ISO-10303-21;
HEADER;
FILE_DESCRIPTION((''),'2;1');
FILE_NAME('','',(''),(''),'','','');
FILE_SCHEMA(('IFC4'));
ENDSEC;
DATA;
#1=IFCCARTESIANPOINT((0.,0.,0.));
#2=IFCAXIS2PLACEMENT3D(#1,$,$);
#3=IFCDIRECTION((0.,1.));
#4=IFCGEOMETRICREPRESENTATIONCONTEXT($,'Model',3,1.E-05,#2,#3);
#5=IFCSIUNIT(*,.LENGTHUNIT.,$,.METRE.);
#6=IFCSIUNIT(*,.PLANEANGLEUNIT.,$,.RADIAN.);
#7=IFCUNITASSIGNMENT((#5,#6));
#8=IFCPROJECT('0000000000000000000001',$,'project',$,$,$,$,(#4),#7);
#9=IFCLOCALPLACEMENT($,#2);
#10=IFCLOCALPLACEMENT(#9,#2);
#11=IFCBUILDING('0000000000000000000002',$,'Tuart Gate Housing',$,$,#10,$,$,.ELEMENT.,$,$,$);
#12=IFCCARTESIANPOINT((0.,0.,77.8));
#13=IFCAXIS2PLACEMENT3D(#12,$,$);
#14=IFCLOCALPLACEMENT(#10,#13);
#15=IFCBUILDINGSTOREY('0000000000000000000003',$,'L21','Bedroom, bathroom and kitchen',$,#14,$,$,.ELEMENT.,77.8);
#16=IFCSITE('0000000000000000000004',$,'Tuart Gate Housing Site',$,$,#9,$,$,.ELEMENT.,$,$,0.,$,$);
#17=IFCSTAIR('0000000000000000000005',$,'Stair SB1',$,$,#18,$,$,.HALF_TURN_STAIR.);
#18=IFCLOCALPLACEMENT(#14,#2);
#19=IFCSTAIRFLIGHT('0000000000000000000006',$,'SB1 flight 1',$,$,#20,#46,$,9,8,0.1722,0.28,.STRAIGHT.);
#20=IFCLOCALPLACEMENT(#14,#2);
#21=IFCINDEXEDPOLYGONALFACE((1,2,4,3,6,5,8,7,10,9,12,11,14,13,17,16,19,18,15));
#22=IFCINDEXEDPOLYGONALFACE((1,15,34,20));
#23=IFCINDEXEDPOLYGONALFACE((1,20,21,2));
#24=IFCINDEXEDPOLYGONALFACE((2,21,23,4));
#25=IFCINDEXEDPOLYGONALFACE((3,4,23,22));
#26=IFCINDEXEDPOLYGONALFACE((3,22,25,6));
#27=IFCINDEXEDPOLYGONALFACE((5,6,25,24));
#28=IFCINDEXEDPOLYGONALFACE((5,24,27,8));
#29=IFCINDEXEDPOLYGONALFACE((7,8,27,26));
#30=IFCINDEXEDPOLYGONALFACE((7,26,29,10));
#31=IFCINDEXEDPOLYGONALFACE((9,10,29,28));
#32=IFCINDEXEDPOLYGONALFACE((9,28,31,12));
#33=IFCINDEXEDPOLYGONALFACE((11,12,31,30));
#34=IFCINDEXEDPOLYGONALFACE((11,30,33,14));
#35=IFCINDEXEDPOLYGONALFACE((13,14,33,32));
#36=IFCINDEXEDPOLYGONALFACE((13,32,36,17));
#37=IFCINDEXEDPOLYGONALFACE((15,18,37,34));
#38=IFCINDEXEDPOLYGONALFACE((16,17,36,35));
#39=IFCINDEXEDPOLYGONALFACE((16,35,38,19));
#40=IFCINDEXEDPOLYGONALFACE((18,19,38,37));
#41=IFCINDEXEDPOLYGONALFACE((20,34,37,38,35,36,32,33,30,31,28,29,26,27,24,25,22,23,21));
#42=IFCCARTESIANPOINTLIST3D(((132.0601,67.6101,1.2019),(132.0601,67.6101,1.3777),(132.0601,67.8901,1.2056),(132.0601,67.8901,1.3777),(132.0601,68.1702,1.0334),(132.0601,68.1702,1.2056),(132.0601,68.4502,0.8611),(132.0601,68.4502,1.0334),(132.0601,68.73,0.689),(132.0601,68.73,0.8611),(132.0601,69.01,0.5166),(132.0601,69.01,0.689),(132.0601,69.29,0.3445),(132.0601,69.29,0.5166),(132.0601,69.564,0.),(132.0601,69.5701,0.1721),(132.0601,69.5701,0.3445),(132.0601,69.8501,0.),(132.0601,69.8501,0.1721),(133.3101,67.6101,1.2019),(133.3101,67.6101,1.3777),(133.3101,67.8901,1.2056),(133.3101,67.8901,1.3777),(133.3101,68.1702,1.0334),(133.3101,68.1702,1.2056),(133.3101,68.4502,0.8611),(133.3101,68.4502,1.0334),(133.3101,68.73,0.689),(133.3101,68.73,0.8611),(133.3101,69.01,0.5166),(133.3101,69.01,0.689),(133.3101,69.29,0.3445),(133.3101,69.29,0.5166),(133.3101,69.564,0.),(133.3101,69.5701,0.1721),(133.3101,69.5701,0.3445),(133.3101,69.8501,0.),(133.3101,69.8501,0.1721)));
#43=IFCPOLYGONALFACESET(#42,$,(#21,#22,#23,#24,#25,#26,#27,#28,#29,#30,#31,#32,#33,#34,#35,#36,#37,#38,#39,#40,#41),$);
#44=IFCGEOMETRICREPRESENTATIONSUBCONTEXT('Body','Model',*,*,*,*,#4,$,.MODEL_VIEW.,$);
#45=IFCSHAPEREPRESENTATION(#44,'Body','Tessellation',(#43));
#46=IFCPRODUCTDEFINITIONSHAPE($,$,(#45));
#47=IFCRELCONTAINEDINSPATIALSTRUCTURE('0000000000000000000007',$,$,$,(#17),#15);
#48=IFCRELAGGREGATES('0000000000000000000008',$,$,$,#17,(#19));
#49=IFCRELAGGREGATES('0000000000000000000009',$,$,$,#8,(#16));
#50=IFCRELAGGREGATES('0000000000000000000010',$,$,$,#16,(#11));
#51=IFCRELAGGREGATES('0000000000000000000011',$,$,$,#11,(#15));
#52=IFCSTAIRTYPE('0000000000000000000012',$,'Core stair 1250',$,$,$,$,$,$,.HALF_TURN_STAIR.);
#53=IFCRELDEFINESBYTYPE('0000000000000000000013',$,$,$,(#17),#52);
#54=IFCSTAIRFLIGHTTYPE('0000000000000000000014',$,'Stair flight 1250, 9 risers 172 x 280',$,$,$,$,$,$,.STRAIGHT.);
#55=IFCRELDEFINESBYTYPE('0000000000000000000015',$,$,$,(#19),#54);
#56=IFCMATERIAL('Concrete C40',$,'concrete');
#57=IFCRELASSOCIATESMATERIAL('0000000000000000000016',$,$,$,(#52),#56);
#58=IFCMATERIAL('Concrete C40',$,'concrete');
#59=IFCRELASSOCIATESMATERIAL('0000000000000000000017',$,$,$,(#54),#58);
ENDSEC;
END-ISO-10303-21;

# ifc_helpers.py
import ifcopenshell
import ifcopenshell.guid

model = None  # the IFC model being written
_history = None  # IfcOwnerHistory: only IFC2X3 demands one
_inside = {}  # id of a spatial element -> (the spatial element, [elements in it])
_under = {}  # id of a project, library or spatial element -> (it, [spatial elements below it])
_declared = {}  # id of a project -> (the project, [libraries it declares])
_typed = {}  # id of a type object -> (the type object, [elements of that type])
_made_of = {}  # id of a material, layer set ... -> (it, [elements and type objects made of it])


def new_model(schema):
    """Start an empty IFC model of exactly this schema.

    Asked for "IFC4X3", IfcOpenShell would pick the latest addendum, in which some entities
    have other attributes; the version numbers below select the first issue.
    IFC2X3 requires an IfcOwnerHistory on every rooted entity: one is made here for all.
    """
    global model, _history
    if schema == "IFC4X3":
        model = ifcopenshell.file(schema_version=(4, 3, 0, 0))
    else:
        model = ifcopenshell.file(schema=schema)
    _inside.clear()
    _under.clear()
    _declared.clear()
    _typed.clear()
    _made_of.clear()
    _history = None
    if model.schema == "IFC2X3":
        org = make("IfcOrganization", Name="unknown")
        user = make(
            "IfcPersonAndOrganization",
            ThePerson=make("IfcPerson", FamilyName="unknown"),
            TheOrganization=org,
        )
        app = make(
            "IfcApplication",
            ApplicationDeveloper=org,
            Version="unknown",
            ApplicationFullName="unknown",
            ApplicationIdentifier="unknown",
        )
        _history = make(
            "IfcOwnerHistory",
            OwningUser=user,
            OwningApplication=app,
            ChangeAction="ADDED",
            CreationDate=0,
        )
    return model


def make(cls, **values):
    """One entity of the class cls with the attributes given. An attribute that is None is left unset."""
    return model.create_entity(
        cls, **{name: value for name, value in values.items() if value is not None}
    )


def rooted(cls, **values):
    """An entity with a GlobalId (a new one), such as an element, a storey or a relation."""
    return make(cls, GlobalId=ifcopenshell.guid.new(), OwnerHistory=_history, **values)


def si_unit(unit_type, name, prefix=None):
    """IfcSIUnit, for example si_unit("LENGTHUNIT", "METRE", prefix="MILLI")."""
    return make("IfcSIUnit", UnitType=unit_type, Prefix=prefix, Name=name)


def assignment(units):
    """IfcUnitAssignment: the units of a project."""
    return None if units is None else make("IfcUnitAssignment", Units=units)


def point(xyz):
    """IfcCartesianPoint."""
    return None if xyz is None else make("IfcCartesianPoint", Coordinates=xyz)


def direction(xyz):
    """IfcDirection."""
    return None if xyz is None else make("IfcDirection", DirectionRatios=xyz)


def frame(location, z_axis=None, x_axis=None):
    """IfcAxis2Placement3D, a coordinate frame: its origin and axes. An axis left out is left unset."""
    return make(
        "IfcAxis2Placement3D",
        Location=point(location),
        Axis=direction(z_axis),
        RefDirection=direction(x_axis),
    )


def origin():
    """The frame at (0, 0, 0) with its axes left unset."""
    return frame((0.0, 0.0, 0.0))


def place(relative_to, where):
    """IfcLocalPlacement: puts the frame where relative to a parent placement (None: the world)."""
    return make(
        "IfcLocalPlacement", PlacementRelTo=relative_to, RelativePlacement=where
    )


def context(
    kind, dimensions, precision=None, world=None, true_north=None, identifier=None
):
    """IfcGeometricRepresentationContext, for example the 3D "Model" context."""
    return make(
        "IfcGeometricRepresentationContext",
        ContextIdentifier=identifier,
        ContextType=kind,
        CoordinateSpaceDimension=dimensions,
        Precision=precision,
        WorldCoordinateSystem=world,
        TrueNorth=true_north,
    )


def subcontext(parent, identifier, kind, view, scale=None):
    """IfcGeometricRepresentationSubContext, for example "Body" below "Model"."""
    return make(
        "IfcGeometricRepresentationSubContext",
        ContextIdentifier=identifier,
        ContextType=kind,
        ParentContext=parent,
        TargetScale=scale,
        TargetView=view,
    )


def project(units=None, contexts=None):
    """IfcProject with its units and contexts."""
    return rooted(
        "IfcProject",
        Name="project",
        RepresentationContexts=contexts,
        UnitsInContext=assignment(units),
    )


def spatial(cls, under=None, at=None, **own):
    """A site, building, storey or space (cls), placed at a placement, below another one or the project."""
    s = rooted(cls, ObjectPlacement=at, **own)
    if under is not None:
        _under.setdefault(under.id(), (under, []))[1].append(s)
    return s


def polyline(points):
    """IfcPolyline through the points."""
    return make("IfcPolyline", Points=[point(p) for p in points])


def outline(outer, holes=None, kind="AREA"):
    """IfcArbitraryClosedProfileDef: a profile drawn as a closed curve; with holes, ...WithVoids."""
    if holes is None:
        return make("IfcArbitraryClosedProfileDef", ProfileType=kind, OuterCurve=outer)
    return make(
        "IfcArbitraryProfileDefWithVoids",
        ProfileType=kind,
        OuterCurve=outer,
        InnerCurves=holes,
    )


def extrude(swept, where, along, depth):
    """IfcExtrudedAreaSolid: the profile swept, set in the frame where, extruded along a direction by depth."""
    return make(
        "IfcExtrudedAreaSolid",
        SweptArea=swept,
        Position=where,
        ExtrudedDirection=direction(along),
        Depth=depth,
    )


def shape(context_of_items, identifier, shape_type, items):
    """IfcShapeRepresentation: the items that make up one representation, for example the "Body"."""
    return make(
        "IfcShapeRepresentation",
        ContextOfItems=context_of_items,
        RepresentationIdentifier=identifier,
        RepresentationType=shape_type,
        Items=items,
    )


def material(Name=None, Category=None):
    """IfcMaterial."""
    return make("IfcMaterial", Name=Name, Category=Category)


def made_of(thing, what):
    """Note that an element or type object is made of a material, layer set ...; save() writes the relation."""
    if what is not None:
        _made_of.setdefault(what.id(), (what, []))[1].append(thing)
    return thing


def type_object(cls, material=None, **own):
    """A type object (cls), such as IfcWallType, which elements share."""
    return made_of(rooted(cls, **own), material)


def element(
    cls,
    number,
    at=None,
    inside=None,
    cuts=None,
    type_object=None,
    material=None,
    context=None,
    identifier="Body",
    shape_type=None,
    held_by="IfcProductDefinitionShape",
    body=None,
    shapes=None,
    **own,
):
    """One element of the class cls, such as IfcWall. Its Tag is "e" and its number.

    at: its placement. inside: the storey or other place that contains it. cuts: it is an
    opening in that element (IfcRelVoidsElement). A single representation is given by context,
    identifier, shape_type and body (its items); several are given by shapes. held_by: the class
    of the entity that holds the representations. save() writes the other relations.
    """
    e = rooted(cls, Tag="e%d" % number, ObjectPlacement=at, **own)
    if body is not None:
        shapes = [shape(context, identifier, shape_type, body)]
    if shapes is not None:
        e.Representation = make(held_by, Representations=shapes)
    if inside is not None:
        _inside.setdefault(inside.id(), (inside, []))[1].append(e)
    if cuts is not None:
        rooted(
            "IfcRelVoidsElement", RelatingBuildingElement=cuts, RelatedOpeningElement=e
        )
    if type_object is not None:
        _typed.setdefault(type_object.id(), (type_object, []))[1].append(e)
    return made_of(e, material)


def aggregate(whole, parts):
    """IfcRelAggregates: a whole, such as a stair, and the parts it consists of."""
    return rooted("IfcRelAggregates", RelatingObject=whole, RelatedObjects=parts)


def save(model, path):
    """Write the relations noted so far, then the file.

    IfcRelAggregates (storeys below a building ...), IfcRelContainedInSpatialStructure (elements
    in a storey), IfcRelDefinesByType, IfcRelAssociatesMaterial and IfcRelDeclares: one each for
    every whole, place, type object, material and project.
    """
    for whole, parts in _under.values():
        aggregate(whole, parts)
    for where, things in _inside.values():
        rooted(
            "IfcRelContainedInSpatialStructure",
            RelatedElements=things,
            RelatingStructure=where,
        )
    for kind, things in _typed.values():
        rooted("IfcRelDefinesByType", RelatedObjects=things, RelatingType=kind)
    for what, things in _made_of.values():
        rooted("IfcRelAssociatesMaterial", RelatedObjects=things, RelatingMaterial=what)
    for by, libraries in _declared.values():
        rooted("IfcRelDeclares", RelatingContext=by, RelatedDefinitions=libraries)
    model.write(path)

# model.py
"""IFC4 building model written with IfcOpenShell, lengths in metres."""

from ifc_helpers import new_model, si_unit, direction, frame, origin, place, context, subcontext, project, spatial, polyline, outline, extrude, material, type_object, element, aggregate, save


model = new_model("IFC4")

# Units and contexts
model_context = context("Model", 3, precision=1e-05, world=origin(), true_north=direction((0.0, 1.0)))
body_context = subcontext(model_context, "Body", "Model", "MODEL_VIEW")
ifc_project = project(units=[si_unit("LENGTHUNIT", "METRE"), si_unit("PLANEANGLEUNIT", "RADIAN")], contexts=[model_context])

# Site, building, storey
site_placement = place(None, origin())
site = spatial("IfcSite", under=ifc_project, at=site_placement, Name="Tuart Gate Housing Site", CompositionType="ELEMENT", RefElevation=0.0)
building_placement = place(site_placement, origin())
building = spatial("IfcBuilding", under=site, at=building_placement, Name="Tuart Gate Housing", CompositionType="ELEMENT")
storey_placement = place(building_placement, frame((0.0, 0.0, 77.8)))
storey = spatial("IfcBuildingStorey", under=building, at=storey_placement, Name="L21", Description="Bedroom, bathroom and kitchen", CompositionType="ELEMENT", Elevation=77.8)

# Stair, stair flight
ifc_material_1 = material(Name="Concrete C40", Category="concrete")
stair_type = type_object("IfcStairType", Name="Core stair 1250", PredefinedType="HALF_TURN_STAIR", material=ifc_material_1)
stair_placement = place(storey_placement, origin())
stair = element("IfcStair", 1, at=stair_placement, inside=storey, type_object=stair_type, Name="Stair SB1", PredefinedType="HALF_TURN_STAIR")
ifc_material_2 = material(Name="Concrete C40", Category="concrete")
stair_flight_type = type_object("IfcStairFlightType", Name="Stair flight 1250, 9 risers 172 x 280", PredefinedType="STRAIGHT", material=ifc_material_2)
stair_flight_placement = place(storey_placement, frame((132.6851, 69.8501, 0.0), z_axis=(0.0, 0.0, 1.0), x_axis=(0.0, -1.0, 0.0)))
stair_flight = element("IfcStairFlight", 2, at=stair_flight_placement, type_object=stair_flight_type, Name="SB1 flight 1", NumberOfRisers=9, NumberOfTreads=8, PredefinedType="STRAIGHT", RiserHeight=0.1722, TreadLength=0.28, context=body_context, shape_type="SweptSolid", body=[
    extrude(outline(polyline([(0.0, 0.0), (0.0, 0.1721), (0.28, 0.1721), (0.28, 0.3445), (0.5601, 0.3445), (0.5601, 0.5166), (0.8401, 0.5166), (0.8401, 0.689), (1.1201, 0.689), (1.1201, 0.8611), (1.3999, 0.8611), (1.3999, 1.0334), (1.6799, 1.0334), (1.6799, 1.2056), (1.96, 1.2056), (1.96, 1.3777), (2.24, 1.3777), (2.24, 1.55), (2.24, 1.2019), (0.2861, 0.0), (0.0, 0.0)])), frame((0.0, 0.625, 0.0), z_axis=(0.0, -1.0, 0.0), x_axis=(1.0, 0.0, 0.0)), (0.0, 0.0, 1.0), 1.25),
])
aggregate(stair, [stair_flight])

save(model, "model.ifc")
